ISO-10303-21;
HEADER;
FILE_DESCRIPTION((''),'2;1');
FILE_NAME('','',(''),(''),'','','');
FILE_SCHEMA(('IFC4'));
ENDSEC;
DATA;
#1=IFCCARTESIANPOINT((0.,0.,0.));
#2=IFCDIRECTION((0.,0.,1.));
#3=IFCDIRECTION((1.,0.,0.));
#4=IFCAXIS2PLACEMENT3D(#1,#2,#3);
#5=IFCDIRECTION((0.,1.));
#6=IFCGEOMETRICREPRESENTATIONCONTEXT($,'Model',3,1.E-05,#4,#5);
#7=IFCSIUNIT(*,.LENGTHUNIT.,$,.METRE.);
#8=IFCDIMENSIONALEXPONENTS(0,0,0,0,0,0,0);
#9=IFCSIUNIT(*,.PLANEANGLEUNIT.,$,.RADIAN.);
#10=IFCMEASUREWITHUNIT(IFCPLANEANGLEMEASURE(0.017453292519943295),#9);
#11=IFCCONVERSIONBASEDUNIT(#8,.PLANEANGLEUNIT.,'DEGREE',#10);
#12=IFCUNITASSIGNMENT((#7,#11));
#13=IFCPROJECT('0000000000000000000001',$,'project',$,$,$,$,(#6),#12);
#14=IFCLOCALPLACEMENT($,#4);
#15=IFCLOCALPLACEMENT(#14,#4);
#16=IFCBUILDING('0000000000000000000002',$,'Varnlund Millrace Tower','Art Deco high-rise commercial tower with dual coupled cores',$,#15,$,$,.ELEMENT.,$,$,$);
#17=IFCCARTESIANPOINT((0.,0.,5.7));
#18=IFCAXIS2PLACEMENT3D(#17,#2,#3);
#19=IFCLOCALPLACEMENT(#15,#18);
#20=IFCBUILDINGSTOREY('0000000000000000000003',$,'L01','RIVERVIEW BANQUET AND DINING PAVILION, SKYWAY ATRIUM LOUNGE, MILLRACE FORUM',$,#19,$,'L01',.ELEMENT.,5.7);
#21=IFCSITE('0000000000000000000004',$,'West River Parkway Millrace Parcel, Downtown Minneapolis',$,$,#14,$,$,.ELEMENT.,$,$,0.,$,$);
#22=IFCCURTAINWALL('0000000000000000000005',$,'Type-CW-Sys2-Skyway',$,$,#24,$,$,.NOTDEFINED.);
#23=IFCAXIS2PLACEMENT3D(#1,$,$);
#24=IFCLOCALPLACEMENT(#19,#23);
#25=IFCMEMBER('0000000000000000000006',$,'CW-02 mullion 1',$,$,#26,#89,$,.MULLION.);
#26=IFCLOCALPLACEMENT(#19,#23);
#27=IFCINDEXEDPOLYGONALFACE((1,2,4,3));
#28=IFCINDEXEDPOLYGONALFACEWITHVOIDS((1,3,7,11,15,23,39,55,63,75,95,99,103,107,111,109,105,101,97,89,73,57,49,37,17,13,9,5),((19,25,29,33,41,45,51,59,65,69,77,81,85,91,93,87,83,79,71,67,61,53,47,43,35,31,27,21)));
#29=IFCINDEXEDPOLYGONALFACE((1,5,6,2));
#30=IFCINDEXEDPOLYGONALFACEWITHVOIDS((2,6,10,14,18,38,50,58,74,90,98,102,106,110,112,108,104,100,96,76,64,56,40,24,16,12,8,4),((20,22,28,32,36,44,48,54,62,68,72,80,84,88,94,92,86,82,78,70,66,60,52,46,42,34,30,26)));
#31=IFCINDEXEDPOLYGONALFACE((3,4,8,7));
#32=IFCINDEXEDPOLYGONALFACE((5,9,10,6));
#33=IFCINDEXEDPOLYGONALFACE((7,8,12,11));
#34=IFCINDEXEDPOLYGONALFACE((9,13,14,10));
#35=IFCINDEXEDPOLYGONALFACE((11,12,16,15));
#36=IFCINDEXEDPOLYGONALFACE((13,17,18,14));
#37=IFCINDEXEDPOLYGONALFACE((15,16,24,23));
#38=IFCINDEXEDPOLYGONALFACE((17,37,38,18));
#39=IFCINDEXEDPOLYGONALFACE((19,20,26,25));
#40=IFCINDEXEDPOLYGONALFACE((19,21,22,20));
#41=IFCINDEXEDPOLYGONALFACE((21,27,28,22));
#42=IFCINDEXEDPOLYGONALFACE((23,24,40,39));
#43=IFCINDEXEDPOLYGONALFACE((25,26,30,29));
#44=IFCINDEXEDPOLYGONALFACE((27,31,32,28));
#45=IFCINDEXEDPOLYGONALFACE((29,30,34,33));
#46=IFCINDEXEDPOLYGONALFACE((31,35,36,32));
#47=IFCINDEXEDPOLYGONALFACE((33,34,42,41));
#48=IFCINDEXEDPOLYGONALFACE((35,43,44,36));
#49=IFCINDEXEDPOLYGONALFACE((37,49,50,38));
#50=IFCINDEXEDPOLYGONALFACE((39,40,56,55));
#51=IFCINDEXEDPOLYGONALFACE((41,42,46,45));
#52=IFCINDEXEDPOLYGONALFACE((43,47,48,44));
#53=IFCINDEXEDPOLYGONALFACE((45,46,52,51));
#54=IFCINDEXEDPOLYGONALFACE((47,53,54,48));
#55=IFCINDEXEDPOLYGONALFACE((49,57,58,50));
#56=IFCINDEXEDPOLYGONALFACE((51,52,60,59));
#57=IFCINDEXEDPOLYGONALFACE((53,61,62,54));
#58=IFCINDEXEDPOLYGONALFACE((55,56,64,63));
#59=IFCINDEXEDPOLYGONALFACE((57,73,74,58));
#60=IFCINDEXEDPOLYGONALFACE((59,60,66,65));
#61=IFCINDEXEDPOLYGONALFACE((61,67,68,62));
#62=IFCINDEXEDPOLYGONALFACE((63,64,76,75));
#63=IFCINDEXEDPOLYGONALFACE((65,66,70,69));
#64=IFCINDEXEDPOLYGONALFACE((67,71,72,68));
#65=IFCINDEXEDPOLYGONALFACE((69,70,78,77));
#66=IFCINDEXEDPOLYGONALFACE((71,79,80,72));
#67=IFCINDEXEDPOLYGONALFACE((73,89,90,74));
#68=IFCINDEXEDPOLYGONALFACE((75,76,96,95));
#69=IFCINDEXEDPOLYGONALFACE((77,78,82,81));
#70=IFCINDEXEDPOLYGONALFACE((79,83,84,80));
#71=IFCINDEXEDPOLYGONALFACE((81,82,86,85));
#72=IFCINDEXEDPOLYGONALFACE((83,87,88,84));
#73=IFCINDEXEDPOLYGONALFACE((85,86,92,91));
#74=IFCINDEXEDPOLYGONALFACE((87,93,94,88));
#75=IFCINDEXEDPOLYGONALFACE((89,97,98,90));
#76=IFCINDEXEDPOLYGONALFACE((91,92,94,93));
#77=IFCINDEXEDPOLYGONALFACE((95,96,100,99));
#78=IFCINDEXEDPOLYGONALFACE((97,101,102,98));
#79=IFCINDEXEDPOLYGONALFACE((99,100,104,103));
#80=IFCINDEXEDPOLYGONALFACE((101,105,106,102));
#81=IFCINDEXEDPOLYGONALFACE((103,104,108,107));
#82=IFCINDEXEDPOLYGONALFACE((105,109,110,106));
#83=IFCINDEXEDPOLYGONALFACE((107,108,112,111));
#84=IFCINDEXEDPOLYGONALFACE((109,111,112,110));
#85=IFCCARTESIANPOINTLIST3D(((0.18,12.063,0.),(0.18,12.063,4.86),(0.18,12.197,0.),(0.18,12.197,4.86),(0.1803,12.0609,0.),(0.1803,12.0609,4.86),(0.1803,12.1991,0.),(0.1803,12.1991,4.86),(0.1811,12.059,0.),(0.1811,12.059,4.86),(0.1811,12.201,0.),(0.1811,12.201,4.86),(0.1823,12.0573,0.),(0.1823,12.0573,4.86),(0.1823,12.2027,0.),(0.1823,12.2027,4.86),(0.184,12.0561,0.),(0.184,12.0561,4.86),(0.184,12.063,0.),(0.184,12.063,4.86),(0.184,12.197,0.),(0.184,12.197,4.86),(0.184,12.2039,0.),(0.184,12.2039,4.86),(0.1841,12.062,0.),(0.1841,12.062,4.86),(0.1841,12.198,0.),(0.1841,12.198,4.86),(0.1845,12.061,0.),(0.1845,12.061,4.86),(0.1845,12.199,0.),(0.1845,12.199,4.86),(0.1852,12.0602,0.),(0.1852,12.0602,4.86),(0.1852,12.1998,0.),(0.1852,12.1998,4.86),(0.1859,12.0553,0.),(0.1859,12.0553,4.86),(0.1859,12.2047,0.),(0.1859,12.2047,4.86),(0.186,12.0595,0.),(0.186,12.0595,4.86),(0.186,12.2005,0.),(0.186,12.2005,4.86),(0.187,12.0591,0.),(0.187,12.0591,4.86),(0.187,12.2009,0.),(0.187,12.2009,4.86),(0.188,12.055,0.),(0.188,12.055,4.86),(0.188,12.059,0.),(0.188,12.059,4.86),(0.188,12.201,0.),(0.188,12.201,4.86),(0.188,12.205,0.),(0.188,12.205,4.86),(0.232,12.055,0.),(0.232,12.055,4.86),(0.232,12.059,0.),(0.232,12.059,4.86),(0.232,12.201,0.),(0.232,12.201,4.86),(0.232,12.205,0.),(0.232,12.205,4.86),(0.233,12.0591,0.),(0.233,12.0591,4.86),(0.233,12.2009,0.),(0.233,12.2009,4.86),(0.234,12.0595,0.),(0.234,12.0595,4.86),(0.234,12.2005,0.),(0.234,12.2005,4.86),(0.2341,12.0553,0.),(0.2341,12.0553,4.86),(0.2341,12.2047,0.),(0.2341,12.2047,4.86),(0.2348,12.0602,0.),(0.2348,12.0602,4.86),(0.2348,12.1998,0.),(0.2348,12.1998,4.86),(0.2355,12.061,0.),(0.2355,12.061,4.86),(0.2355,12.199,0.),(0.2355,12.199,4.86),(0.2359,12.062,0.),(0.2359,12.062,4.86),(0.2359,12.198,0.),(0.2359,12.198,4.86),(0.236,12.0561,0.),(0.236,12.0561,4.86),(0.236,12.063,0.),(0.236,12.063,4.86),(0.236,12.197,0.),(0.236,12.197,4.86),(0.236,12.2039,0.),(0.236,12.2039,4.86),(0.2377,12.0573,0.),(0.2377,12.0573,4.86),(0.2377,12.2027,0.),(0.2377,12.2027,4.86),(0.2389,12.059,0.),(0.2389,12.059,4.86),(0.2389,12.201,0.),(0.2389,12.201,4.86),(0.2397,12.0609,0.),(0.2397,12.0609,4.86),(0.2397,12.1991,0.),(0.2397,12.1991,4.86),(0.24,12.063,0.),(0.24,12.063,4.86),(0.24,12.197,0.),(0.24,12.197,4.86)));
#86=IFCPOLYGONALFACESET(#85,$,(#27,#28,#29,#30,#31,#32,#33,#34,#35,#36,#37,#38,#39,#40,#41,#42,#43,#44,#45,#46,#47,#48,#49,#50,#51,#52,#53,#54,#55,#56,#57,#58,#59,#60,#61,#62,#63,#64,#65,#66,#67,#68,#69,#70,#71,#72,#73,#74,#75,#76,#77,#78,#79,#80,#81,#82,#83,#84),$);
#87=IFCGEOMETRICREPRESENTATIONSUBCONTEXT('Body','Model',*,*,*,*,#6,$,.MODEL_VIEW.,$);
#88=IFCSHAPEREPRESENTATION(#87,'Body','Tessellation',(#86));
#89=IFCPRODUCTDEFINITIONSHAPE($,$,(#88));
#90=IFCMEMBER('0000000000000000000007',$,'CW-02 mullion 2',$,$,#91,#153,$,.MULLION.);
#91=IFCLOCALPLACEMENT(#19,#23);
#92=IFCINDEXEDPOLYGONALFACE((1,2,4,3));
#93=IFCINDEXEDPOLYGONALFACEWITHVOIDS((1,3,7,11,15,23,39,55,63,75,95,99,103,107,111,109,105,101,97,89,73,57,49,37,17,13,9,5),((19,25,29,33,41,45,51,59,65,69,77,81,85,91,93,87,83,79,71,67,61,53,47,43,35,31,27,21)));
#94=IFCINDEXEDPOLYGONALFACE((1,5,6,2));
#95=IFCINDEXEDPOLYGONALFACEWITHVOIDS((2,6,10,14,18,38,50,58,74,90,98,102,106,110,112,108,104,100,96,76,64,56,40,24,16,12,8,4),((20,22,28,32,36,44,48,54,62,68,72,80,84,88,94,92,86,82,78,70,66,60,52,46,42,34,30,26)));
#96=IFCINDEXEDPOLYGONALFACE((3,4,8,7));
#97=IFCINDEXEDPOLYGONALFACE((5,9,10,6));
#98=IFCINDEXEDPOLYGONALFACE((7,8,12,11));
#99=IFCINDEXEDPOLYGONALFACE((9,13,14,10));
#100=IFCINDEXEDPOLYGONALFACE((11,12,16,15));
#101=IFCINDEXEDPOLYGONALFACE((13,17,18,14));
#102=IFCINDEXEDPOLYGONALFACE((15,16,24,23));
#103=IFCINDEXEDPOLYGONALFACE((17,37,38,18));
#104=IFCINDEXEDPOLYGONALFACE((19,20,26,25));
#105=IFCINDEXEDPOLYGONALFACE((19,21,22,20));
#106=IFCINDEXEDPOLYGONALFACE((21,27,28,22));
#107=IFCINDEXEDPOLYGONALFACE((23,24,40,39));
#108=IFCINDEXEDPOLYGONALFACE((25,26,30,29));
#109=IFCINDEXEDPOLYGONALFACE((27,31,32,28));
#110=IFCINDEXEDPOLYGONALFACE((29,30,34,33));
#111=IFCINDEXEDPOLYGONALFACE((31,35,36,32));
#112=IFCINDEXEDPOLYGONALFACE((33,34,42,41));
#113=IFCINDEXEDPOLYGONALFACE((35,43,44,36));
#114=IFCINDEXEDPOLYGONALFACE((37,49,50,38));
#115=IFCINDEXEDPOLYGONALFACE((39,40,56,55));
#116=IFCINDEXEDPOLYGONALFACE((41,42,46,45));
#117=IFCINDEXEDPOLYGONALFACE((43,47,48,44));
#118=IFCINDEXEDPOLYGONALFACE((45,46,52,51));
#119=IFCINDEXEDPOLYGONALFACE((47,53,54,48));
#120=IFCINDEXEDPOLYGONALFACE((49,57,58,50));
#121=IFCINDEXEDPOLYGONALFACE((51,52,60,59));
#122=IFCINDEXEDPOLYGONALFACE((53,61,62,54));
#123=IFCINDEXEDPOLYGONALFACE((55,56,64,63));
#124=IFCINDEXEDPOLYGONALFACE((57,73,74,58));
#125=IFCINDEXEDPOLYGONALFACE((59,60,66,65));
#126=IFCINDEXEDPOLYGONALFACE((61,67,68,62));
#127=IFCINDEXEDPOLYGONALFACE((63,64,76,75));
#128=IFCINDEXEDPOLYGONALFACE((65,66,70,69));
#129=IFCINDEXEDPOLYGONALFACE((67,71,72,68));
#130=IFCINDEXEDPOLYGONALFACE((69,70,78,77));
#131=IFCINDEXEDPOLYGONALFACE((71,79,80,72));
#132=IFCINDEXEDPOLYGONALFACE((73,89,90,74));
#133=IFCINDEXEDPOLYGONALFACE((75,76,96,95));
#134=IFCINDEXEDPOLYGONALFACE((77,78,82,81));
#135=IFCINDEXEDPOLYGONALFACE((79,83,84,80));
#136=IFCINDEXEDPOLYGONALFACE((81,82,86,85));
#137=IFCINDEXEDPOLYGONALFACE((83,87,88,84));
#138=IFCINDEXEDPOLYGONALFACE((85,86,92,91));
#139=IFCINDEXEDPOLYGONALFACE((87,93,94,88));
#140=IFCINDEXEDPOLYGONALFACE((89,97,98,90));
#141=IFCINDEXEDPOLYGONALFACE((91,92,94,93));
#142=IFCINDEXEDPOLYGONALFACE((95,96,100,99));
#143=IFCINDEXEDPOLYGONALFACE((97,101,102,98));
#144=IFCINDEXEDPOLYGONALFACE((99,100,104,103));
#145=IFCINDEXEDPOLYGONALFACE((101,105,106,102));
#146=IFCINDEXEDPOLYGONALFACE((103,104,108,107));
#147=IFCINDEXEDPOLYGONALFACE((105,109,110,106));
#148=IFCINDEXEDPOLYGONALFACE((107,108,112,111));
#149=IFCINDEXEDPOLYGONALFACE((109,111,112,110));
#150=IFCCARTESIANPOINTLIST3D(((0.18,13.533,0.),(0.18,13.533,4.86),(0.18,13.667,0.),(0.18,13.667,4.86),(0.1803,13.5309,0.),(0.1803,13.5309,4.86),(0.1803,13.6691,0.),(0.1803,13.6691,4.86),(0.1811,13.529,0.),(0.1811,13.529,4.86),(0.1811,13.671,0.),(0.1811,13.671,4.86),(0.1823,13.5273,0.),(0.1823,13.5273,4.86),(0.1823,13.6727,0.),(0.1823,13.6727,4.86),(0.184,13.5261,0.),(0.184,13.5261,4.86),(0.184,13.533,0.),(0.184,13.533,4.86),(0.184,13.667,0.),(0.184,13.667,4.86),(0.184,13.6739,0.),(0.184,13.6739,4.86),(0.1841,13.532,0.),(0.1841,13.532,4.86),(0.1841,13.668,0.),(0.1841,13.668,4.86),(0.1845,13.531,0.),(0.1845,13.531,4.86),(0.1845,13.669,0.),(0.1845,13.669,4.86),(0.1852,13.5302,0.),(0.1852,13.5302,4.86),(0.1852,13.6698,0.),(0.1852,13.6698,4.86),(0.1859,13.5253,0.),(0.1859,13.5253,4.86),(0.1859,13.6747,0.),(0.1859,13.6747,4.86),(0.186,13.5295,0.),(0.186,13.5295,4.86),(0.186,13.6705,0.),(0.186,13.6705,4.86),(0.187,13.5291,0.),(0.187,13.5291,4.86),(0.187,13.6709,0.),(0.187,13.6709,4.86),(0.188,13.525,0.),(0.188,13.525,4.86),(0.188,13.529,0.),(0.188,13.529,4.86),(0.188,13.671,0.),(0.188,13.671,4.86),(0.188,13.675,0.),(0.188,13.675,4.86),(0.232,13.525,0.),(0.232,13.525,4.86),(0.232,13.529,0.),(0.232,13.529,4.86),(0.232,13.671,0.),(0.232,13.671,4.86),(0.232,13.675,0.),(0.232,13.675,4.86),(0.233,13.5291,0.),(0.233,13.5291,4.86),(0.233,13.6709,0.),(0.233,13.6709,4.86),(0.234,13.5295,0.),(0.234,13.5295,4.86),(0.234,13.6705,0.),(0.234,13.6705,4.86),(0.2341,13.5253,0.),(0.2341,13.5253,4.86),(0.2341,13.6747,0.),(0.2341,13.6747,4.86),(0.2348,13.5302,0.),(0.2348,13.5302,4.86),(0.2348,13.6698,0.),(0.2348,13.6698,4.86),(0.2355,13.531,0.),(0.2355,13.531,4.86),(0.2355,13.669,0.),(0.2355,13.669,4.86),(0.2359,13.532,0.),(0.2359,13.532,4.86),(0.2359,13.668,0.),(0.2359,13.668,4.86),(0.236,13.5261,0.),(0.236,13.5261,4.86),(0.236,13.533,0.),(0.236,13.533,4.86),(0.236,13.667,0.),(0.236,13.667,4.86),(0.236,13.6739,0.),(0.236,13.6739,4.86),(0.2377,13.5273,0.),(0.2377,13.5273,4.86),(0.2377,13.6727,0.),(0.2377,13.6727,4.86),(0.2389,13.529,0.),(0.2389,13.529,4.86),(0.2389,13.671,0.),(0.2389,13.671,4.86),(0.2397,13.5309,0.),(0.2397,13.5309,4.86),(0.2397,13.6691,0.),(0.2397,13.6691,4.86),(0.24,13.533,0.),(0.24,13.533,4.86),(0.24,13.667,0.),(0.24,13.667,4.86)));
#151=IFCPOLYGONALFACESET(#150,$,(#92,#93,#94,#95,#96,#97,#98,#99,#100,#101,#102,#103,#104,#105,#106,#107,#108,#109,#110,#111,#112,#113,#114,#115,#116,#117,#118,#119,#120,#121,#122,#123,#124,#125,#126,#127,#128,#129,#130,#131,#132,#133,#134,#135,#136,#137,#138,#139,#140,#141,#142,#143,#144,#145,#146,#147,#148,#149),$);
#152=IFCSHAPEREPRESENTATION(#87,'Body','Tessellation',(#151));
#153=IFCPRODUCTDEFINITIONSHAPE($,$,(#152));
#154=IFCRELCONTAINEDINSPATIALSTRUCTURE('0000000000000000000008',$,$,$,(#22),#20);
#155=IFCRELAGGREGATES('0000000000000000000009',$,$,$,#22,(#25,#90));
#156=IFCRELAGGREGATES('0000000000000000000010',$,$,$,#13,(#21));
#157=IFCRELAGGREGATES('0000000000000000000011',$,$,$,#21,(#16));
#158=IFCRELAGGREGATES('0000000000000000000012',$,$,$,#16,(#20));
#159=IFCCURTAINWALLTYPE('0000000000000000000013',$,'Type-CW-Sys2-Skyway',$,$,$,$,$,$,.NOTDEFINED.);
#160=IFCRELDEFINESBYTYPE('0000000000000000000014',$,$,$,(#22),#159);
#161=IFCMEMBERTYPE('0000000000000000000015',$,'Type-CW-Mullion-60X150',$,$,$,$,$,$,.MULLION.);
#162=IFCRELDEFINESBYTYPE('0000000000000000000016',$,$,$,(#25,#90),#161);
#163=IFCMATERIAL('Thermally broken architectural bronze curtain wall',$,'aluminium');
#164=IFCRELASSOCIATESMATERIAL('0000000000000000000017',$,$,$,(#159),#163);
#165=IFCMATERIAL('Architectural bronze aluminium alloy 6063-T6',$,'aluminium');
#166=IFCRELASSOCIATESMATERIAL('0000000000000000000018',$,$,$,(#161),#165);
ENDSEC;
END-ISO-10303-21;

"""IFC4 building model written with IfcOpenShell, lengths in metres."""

from ifc_helpers import new_model, entity, si_unit, converted_unit, direction, frame, origin_with_axes, origin_2d_with_axis, place, context, subcontext, project, spatial, hollow_rectangle, extrude, material, material_profile, profile_set, type_object, element, aggregate, save


model = new_model("IFC4")

# Units and contexts
model_context = context("Model", 3, precision=1e-05, world=origin_with_axes(), true_north=direction((0.0, 1.0)))
body_context = subcontext(model_context, "Body", "Model", "MODEL_VIEW")
ifc_project = project(units=[si_unit("LENGTHUNIT", "METRE"), converted_unit("PLANEANGLEUNIT", "DEGREE", entity("IfcPlaneAngleMeasure", 0.017453292519943295), si_unit("PLANEANGLEUNIT", "RADIAN"), dimensions=[0, 0, 0, 0, 0, 0, 0])], contexts=[model_context])

# Site, building, storey
site_placement = place(None, origin_with_axes())
site = spatial("IfcSite", under=ifc_project, at=site_placement, Name="West River Parkway Millrace Parcel, Downtown Minneapolis", CompositionType="ELEMENT", RefElevation=0.0)
building_placement = place(site_placement, origin_with_axes())
building = spatial("IfcBuilding", under=site, at=building_placement, Name="Varnlund Millrace Tower", Description="Art Deco high-rise commercial tower with dual coupled cores", CompositionType="ELEMENT")
storey_placement = place(building_placement, frame((0.0, 0.0, 5.7), z_axis=(0.0, 0.0, 1.0), x_axis=(1.0, 0.0, 0.0)))
storey = spatial("IfcBuildingStorey", under=building, at=storey_placement, Name="L01", Description="RIVERVIEW BANQUET AND DINING PAVILION, SKYWAY ATRIUM LOUNGE, MILLRACE FORUM", LongName="L01", CompositionType="ELEMENT", Elevation=5.7)

# Curtain wall, members
ifc_material_1 = material(Name="Thermally broken architectural bronze curtain wall", Category="aluminium")
curtain_wall_type = type_object("IfcCurtainWallType", Name="Type-CW-Sys2-Skyway", PredefinedType="NOTDEFINED", material=ifc_material_1)
curtain_wall_placement = place(storey_placement, frame((0.21, 12.1, 0.0), z_axis=(0.0, 0.0, 1.0), x_axis=(1.0, 0.0, 0.0)))
curtain_wall = element("IfcCurtainWall", 1, at=curtain_wall_placement, inside=storey, type_object=curtain_wall_type, Name="Type-CW-Sys2-Skyway", PredefinedType="NOTDEFINED")
ifc_material_2 = material(Name="Architectural bronze aluminium alloy 6063-T6", Category="aluminium")
ifc_material_profile_1 = material_profile(ifc_material_2, hollow_rectangle(XDim=0.06, YDim=0.15, WallThickness=0.004, InnerFilletRadius=0.004, OuterFilletRadius=0.008, at=origin_2d_with_axis()), Name="Architectural bronze aluminium alloy 6063-T6")
ifc_profile_set_1 = profile_set([ifc_material_profile_1], Name="Architectural bronze aluminium alloy 6063-T6")
member_type_1 = type_object("IfcMemberType", Name="Type-CW-Mullion-60X150", PredefinedType="MULLION", material=ifc_profile_set_1)
member_1_placement = place(storey_placement, frame((0.21, 12.13, 0.0), z_axis=(0.0, 0.0, 1.0), x_axis=(-1.0, 0.0, 0.0)))
member_1 = element("IfcMember", 2, at=member_1_placement, type_object=member_type_1, Name="CW-02 mullion 1", PredefinedType="MULLION", context=body_context, shape_type="SweptSolid", body=[
    extrude(hollow_rectangle(XDim=0.06, YDim=0.15, WallThickness=0.004, InnerFilletRadius=0.004, OuterFilletRadius=0.008, at=origin_2d_with_axis()), origin_with_axes(), (0.0, 0.0, 1.0), 4.86),
])
member_2_placement = place(storey_placement, frame((0.21, 13.6, 0.0), z_axis=(0.0, 0.0, 1.0), x_axis=(-1.0, 0.0, 0.0)))
member_2 = element("IfcMember", 3, at=member_2_placement, type_object=member_type_1, Name="CW-02 mullion 2", PredefinedType="MULLION", context=body_context, shape_type="SweptSolid", body=[
    extrude(hollow_rectangle(XDim=0.06, YDim=0.15, WallThickness=0.004, InnerFilletRadius=0.004, OuterFilletRadius=0.008, at=origin_2d_with_axis()), origin_with_axes(), (0.0, 0.0, 1.0), 4.86),
])
aggregate(curtain_wall, [member_1, member_2])

save(model, "model.ifc")
